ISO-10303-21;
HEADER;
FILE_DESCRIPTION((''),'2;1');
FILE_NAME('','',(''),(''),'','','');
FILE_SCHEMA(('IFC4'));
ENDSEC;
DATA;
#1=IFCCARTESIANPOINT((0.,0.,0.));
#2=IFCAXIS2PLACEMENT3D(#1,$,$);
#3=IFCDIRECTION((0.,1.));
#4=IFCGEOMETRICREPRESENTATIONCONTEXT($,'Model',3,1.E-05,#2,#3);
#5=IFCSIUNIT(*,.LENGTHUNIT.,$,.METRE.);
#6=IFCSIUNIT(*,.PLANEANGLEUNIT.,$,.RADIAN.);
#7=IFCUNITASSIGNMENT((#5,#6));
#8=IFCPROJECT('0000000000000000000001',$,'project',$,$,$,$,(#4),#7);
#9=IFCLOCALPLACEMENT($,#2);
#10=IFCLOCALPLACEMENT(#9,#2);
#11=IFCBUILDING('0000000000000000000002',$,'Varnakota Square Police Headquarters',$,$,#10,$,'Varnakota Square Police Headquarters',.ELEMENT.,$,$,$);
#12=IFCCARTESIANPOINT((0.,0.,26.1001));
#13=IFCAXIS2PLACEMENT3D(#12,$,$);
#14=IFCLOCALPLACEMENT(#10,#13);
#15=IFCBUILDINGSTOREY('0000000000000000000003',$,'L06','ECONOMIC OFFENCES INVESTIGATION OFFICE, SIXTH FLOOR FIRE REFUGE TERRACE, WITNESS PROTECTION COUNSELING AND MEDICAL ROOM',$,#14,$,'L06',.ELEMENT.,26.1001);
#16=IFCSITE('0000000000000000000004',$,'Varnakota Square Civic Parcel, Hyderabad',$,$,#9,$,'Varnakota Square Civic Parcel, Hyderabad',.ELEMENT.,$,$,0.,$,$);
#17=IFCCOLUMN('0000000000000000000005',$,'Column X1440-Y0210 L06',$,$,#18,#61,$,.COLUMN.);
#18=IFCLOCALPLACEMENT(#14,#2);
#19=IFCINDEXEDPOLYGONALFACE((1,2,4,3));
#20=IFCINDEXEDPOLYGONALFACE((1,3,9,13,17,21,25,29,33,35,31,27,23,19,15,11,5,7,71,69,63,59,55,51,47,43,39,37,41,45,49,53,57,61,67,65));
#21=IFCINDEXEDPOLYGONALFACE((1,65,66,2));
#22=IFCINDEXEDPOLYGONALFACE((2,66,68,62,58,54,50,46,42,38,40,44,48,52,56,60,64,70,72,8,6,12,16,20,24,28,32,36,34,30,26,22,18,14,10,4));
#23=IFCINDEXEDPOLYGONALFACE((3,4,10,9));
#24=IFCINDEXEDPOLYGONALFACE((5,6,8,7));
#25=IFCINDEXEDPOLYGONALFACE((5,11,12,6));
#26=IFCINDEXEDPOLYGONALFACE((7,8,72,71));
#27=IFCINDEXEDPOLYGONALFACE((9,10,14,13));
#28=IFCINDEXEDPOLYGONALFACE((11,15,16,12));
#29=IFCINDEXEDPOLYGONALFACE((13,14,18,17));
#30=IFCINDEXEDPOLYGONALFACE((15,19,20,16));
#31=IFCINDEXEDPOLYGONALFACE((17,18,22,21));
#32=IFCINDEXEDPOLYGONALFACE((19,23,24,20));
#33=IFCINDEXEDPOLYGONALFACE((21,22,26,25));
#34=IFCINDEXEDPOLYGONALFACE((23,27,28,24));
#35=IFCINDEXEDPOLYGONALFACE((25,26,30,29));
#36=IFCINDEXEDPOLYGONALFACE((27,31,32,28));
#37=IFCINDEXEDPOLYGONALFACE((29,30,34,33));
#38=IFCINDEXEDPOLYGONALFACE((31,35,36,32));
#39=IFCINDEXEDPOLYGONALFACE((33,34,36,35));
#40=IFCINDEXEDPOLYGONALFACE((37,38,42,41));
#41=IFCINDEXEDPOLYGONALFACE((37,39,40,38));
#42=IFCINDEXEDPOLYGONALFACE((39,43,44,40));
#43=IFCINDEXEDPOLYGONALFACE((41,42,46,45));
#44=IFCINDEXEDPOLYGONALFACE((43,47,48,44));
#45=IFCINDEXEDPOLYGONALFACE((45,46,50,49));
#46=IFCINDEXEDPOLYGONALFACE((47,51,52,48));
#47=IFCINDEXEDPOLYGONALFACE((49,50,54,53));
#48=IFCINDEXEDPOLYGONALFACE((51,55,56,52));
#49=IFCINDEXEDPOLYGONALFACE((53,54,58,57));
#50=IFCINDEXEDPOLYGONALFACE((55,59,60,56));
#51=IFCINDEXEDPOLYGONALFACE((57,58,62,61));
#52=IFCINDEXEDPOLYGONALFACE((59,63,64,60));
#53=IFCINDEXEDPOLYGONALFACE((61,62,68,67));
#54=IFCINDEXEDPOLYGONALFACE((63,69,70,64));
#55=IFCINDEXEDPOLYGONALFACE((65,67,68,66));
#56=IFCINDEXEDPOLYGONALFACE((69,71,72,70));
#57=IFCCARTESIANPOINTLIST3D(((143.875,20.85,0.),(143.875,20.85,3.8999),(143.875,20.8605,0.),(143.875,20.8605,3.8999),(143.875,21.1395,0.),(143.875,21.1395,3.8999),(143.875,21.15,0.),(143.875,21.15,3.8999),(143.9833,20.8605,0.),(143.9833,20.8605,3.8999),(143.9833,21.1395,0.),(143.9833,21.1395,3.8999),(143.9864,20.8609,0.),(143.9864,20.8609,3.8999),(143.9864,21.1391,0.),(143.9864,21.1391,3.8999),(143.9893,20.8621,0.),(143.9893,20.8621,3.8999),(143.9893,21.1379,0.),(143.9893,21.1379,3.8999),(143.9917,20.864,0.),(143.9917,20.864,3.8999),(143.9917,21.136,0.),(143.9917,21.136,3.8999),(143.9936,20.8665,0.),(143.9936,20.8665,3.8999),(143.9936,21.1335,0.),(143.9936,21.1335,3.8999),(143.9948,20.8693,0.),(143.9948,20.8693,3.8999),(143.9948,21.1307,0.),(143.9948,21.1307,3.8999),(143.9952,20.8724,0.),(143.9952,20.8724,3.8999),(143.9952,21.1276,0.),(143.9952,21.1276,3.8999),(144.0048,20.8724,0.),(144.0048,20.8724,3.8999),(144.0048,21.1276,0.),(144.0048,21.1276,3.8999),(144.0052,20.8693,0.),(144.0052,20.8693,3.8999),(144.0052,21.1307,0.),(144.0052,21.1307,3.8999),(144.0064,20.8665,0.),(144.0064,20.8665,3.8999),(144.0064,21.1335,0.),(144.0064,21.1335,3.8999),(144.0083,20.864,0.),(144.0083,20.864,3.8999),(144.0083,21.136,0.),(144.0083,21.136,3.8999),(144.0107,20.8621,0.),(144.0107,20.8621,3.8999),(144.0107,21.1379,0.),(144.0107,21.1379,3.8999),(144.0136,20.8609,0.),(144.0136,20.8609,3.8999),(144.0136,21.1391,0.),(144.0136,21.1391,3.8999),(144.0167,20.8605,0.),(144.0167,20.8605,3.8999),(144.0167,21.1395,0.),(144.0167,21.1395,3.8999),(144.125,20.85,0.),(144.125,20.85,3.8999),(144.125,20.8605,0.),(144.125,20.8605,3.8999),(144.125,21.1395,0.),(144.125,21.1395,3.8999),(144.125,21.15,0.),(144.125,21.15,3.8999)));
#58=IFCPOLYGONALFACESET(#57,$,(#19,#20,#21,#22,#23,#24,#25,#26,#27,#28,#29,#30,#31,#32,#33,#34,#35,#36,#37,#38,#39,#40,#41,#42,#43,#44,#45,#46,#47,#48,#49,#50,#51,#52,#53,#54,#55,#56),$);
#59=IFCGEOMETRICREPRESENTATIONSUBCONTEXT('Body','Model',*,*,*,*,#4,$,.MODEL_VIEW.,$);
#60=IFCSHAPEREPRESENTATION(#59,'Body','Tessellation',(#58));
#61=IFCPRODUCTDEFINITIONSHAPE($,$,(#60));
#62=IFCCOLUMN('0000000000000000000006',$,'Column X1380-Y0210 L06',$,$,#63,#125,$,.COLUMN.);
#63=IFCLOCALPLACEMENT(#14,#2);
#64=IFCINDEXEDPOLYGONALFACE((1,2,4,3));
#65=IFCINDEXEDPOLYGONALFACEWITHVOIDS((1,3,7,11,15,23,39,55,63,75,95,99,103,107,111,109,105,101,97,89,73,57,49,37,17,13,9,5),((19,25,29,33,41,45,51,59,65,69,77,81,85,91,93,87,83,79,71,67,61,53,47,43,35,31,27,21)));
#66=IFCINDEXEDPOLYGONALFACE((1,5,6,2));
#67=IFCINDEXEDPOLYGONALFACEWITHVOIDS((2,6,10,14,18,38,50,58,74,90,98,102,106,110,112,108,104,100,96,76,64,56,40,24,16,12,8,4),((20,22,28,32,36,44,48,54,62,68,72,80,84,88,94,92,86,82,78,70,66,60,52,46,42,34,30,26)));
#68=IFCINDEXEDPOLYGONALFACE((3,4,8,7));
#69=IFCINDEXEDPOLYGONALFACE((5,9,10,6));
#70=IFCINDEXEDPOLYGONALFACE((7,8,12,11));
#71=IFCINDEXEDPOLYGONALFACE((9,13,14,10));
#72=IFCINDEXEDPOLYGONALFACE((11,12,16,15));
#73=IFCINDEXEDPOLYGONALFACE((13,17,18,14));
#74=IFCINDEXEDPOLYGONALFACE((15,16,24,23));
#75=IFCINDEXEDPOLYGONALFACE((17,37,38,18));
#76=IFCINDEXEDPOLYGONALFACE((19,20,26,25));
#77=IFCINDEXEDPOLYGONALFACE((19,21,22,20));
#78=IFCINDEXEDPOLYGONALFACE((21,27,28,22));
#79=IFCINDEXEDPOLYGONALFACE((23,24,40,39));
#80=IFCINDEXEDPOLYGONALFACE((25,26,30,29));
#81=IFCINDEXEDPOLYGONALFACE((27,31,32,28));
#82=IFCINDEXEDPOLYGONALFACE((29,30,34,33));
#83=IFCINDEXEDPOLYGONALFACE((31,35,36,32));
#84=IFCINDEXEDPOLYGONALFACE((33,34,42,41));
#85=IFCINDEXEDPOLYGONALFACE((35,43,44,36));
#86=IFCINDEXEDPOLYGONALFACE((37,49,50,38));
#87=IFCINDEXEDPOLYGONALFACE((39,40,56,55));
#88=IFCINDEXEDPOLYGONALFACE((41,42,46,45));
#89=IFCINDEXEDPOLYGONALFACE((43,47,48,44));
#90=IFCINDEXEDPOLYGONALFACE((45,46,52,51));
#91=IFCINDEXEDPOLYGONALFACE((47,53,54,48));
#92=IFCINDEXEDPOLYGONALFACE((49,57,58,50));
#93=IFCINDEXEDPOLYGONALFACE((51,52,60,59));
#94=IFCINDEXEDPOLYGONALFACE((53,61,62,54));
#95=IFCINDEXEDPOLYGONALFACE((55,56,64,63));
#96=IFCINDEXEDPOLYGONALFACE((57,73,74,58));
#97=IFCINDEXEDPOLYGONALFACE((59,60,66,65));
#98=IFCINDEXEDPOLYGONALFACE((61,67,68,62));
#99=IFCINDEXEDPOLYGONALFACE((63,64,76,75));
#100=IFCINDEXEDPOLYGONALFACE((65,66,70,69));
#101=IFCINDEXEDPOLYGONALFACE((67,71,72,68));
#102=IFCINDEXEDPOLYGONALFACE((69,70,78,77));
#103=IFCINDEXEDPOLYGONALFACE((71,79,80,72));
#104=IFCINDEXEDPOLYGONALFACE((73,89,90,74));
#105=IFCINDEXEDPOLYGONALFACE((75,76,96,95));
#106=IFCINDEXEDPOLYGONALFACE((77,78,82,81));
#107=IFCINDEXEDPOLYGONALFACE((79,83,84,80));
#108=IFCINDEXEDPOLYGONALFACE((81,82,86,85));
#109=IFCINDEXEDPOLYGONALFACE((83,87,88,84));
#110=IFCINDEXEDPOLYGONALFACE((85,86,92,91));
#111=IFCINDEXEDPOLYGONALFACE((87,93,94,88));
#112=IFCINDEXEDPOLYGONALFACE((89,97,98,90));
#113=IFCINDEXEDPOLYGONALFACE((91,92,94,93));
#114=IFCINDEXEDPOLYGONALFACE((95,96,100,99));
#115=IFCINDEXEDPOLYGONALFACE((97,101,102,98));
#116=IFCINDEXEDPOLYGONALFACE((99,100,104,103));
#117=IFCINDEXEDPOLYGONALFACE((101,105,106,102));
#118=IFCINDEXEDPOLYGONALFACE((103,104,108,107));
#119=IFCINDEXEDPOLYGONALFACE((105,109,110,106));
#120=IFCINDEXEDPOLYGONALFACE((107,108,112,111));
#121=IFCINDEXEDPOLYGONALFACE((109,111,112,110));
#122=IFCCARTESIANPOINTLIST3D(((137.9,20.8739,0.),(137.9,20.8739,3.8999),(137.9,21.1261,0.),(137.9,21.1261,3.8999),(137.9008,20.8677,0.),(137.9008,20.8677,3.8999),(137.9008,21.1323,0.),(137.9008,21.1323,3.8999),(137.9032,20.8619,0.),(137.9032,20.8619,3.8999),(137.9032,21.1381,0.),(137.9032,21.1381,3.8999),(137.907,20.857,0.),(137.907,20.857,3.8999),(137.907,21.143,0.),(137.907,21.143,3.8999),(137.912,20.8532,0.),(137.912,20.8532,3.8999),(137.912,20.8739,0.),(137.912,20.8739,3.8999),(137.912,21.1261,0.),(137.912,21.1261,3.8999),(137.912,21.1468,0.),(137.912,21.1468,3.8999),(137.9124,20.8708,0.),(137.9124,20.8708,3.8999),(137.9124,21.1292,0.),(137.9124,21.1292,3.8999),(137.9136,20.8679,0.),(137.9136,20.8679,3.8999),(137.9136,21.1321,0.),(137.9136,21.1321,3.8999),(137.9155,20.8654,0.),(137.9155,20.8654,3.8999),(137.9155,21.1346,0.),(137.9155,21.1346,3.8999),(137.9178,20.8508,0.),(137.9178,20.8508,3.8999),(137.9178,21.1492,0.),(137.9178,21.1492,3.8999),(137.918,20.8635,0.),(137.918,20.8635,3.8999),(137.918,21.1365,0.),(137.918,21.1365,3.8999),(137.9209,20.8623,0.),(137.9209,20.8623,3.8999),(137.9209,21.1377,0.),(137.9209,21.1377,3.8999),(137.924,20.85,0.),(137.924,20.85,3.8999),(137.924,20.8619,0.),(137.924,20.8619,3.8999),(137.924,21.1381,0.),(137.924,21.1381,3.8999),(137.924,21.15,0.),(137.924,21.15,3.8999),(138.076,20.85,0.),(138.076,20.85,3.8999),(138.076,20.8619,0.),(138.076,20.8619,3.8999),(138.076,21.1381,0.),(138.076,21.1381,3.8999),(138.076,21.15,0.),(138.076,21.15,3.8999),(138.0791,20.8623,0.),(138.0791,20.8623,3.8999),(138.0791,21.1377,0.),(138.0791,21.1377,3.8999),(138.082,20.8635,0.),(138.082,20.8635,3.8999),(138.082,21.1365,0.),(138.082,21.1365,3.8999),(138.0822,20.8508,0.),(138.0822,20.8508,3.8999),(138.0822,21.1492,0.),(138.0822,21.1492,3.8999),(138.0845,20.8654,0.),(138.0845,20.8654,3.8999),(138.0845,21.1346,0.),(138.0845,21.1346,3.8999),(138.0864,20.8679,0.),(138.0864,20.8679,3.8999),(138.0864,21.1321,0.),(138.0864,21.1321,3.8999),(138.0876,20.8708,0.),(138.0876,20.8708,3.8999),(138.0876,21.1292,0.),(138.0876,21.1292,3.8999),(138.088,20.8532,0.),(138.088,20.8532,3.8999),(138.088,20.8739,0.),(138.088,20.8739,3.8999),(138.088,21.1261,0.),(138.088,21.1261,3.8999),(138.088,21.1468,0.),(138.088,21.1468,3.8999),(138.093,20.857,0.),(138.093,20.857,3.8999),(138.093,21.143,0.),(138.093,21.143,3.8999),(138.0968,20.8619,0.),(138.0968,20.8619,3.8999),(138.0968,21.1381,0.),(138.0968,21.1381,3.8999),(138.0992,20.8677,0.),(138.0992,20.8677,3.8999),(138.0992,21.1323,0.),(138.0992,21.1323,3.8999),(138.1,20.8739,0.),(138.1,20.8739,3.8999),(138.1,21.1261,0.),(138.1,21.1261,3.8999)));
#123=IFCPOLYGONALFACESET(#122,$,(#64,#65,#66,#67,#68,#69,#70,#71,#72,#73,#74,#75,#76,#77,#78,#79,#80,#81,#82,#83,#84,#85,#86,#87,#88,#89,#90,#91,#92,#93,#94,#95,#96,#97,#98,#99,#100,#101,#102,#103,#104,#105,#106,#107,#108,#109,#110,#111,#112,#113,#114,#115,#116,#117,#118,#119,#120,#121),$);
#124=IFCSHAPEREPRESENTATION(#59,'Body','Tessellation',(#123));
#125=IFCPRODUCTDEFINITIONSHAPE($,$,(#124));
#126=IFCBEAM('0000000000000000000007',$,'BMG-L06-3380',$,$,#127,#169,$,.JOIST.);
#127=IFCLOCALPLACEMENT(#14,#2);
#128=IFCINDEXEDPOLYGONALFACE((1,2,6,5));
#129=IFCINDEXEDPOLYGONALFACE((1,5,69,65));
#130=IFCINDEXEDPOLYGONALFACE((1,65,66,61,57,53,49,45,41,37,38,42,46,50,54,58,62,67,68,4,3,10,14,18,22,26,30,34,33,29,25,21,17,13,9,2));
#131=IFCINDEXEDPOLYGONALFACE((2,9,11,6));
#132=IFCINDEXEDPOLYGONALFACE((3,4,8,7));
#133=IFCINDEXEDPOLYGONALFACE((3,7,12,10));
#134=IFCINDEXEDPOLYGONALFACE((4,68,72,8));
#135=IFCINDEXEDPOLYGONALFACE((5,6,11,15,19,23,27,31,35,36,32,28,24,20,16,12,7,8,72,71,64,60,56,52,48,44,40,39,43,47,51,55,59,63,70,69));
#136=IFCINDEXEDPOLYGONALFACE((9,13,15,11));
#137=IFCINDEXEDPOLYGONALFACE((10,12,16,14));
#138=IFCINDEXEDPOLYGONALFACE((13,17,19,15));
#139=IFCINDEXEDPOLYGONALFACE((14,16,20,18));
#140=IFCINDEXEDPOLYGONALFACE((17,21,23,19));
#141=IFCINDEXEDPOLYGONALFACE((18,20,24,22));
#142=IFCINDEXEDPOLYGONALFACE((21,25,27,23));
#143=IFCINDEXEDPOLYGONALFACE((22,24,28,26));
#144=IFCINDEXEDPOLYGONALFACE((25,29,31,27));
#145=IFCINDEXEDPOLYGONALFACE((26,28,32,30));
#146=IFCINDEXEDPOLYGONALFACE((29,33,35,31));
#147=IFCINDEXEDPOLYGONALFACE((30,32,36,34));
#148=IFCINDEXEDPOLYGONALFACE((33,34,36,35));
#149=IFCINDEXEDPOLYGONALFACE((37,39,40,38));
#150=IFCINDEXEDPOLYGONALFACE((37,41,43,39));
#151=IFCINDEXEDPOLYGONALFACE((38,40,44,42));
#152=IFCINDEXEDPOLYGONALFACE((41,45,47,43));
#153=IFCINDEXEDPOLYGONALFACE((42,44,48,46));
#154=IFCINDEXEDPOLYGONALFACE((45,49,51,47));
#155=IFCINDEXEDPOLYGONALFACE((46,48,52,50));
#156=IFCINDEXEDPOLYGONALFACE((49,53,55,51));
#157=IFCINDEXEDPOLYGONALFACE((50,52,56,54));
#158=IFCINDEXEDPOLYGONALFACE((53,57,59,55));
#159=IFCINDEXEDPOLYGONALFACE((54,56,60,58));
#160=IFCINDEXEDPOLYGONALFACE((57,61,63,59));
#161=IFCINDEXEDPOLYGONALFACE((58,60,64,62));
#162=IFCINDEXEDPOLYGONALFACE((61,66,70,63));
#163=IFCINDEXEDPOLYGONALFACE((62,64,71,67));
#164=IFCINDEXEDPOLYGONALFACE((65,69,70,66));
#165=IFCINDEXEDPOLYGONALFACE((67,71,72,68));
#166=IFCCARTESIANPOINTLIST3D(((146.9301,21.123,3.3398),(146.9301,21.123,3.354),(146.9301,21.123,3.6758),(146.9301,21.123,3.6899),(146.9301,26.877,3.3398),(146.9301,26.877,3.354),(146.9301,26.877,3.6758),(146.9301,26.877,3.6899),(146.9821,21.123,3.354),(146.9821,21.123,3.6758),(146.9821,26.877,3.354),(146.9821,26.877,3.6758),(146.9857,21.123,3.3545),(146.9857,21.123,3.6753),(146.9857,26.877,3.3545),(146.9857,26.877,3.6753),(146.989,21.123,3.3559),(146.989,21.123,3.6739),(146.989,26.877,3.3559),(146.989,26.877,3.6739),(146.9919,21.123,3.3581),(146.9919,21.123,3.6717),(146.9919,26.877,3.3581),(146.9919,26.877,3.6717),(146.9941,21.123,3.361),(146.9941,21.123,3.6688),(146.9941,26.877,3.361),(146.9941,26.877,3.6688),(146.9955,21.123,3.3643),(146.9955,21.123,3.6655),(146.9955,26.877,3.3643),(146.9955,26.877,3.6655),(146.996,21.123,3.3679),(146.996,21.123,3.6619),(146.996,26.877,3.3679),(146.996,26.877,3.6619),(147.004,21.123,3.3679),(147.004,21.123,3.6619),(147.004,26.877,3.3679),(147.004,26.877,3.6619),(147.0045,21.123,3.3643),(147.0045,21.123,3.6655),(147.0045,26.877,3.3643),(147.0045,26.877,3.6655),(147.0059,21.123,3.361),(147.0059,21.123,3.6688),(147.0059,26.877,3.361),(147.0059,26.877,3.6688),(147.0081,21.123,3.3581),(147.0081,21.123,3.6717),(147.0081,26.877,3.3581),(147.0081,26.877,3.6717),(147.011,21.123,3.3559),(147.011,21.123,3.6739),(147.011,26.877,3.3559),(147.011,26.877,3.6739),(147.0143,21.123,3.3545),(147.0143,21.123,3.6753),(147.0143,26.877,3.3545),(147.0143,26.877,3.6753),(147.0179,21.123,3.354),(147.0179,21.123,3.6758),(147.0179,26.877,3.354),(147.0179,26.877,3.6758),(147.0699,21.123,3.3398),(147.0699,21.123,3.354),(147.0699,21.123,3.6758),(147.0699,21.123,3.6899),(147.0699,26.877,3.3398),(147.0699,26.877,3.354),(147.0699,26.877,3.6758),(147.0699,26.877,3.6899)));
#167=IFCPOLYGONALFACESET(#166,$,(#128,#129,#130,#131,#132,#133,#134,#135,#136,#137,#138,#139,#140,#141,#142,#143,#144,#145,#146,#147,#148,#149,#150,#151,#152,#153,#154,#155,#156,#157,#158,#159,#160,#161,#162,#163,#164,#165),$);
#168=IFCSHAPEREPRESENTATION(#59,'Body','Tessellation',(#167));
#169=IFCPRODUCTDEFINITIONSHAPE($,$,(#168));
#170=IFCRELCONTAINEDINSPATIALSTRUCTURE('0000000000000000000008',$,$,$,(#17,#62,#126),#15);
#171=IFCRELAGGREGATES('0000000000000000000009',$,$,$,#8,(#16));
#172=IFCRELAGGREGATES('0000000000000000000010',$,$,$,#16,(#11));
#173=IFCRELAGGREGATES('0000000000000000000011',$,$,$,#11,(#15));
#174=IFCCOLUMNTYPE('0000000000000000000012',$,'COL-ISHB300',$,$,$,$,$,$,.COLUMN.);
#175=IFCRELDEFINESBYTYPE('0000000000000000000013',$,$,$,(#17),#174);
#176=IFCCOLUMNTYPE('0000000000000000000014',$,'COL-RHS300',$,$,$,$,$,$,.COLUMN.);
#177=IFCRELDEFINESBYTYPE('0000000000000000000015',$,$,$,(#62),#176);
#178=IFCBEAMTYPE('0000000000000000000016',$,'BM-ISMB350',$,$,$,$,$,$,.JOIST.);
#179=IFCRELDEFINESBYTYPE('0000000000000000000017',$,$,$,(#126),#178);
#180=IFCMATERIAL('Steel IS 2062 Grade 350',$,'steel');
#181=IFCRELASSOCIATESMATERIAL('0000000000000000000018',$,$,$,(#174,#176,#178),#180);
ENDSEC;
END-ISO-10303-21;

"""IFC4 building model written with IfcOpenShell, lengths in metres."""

from ifc_helpers import new_model, si_unit, direction, frame, origin, origin_2d, place, context, subcontext, project, spatial, hollow_rectangle, i_section, extrude, material, material_profile, profile_set, type_object, element, save


model = new_model("IFC4")

# Units and contexts
model_context = context("Model", 3, precision=1e-05, world=origin(), true_north=direction((0.0, 1.0)))
body_context = subcontext(model_context, "Body", "Model", "MODEL_VIEW")
ifc_project = project(units=[si_unit("LENGTHUNIT", "METRE"), si_unit("PLANEANGLEUNIT", "RADIAN")], contexts=[model_context])

# Site, building, storey
site_placement = place(None, origin())
site = spatial("IfcSite", under=ifc_project, at=site_placement, Name="Varnakota Square Civic Parcel, Hyderabad", LongName="Varnakota Square Civic Parcel, Hyderabad", CompositionType="ELEMENT", RefElevation=0.0)
building_placement = place(site_placement, origin())
building = spatial("IfcBuilding", under=site, at=building_placement, Name="Varnakota Square Police Headquarters", LongName="Varnakota Square Police Headquarters", CompositionType="ELEMENT")
storey_placement = place(building_placement, frame((0.0, 0.0, 26.1001)))
storey = spatial("IfcBuildingStorey", under=building, at=storey_placement, Name="L06", Description="ECONOMIC OFFENCES INVESTIGATION OFFICE, SIXTH FLOOR FIRE REFUGE TERRACE, WITNESS PROTECTION COUNSELING AND MEDICAL ROOM", LongName="L06", CompositionType="ELEMENT", Elevation=26.1001)

# Columns
ifc_material_1 = material(Name="Steel IS 2062 Grade 350", Category="steel")
ifc_material_profile_1 = material_profile(ifc_material_1, i_section(OverallWidth=0.25, OverallDepth=0.3, WebThickness=0.0095, FlangeThickness=0.0105, FilletRadius=0.012, at=origin_2d()), Name="ISHB 300")
ifc_profile_set_1 = profile_set([ifc_material_profile_1], Name="Steel IS 2062 Grade 350")
column_type_1 = type_object("IfcColumnType", Name="COL-ISHB300", PredefinedType="COLUMN", material=ifc_profile_set_1)
column_1_placement = place(storey_placement, frame((144.0, 21.0, 0.0), z_axis=(0.0, 0.0, 1.0), x_axis=(1.0, 0.0, 0.0)))
element("IfcColumn", 1, at=column_1_placement, inside=storey, type_object=column_type_1, Name="Column X1440-Y0210 L06", PredefinedType="COLUMN", context=body_context, shape_type="SweptSolid", body=[
    extrude(i_section(OverallWidth=0.25, OverallDepth=0.3, WebThickness=0.0095, FlangeThickness=0.0105, FilletRadius=0.012, at=origin_2d()), origin(), (0.0, 0.0, 1.0), 3.8999),
])
ifc_material_profile_2 = material_profile(ifc_material_1, hollow_rectangle(XDim=0.2, YDim=0.3, WallThickness=0.012, InnerFilletRadius=0.012, OuterFilletRadius=0.0239, at=origin_2d()), Name="RHS 300x200x12")
ifc_profile_set_2 = profile_set([ifc_material_profile_2], Name="Steel IS 2062 Grade 350")
column_type_2 = type_object("IfcColumnType", Name="COL-RHS300", PredefinedType="COLUMN", material=ifc_profile_set_2)
column_2_placement = place(storey_placement, frame((138.0, 21.0, 0.0), z_axis=(0.0, 0.0, 1.0), x_axis=(1.0, 0.0, 0.0)))
element("IfcColumn", 2, at=column_2_placement, inside=storey, type_object=column_type_2, Name="Column X1380-Y0210 L06", PredefinedType="COLUMN", context=body_context, shape_type="SweptSolid", body=[
    extrude(hollow_rectangle(XDim=0.2, YDim=0.3, WallThickness=0.012, InnerFilletRadius=0.012, OuterFilletRadius=0.0239, at=origin_2d()), origin(), (0.0, 0.0, 1.0), 3.8999),
])

# Beam
ifc_material_profile_3 = material_profile(ifc_material_1, i_section(OverallWidth=0.1399, OverallDepth=0.3501, WebThickness=0.0081, FlangeThickness=0.0142, FilletRadius=0.0139, at=origin_2d()), Name="ISMB 350")
ifc_profile_set_3 = profile_set([ifc_material_profile_3], Name="Steel IS 2062 Grade 350")
beam_type_1 = type_object("IfcBeamType", Name="BM-ISMB350", PredefinedType="JOIST", material=ifc_profile_set_3)
beam_1_placement = place(storey_placement, frame((147.0, 21.123, 3.5149), z_axis=(0.0, 1.0, 0.0), x_axis=(-1.0, 0.0, 0.0)))
element("IfcBeam", 3, at=beam_1_placement, inside=storey, type_object=beam_type_1, Name="BMG-L06-3380", PredefinedType="JOIST", context=body_context, shape_type="SweptSolid", body=[
    extrude(i_section(OverallWidth=0.1399, OverallDepth=0.3501, WebThickness=0.0081, FlangeThickness=0.0142, FilletRadius=0.0139, at=origin_2d()), origin(), (0.0, 0.0, 1.0), 5.7539),
])

save(model, "model.ifc")
